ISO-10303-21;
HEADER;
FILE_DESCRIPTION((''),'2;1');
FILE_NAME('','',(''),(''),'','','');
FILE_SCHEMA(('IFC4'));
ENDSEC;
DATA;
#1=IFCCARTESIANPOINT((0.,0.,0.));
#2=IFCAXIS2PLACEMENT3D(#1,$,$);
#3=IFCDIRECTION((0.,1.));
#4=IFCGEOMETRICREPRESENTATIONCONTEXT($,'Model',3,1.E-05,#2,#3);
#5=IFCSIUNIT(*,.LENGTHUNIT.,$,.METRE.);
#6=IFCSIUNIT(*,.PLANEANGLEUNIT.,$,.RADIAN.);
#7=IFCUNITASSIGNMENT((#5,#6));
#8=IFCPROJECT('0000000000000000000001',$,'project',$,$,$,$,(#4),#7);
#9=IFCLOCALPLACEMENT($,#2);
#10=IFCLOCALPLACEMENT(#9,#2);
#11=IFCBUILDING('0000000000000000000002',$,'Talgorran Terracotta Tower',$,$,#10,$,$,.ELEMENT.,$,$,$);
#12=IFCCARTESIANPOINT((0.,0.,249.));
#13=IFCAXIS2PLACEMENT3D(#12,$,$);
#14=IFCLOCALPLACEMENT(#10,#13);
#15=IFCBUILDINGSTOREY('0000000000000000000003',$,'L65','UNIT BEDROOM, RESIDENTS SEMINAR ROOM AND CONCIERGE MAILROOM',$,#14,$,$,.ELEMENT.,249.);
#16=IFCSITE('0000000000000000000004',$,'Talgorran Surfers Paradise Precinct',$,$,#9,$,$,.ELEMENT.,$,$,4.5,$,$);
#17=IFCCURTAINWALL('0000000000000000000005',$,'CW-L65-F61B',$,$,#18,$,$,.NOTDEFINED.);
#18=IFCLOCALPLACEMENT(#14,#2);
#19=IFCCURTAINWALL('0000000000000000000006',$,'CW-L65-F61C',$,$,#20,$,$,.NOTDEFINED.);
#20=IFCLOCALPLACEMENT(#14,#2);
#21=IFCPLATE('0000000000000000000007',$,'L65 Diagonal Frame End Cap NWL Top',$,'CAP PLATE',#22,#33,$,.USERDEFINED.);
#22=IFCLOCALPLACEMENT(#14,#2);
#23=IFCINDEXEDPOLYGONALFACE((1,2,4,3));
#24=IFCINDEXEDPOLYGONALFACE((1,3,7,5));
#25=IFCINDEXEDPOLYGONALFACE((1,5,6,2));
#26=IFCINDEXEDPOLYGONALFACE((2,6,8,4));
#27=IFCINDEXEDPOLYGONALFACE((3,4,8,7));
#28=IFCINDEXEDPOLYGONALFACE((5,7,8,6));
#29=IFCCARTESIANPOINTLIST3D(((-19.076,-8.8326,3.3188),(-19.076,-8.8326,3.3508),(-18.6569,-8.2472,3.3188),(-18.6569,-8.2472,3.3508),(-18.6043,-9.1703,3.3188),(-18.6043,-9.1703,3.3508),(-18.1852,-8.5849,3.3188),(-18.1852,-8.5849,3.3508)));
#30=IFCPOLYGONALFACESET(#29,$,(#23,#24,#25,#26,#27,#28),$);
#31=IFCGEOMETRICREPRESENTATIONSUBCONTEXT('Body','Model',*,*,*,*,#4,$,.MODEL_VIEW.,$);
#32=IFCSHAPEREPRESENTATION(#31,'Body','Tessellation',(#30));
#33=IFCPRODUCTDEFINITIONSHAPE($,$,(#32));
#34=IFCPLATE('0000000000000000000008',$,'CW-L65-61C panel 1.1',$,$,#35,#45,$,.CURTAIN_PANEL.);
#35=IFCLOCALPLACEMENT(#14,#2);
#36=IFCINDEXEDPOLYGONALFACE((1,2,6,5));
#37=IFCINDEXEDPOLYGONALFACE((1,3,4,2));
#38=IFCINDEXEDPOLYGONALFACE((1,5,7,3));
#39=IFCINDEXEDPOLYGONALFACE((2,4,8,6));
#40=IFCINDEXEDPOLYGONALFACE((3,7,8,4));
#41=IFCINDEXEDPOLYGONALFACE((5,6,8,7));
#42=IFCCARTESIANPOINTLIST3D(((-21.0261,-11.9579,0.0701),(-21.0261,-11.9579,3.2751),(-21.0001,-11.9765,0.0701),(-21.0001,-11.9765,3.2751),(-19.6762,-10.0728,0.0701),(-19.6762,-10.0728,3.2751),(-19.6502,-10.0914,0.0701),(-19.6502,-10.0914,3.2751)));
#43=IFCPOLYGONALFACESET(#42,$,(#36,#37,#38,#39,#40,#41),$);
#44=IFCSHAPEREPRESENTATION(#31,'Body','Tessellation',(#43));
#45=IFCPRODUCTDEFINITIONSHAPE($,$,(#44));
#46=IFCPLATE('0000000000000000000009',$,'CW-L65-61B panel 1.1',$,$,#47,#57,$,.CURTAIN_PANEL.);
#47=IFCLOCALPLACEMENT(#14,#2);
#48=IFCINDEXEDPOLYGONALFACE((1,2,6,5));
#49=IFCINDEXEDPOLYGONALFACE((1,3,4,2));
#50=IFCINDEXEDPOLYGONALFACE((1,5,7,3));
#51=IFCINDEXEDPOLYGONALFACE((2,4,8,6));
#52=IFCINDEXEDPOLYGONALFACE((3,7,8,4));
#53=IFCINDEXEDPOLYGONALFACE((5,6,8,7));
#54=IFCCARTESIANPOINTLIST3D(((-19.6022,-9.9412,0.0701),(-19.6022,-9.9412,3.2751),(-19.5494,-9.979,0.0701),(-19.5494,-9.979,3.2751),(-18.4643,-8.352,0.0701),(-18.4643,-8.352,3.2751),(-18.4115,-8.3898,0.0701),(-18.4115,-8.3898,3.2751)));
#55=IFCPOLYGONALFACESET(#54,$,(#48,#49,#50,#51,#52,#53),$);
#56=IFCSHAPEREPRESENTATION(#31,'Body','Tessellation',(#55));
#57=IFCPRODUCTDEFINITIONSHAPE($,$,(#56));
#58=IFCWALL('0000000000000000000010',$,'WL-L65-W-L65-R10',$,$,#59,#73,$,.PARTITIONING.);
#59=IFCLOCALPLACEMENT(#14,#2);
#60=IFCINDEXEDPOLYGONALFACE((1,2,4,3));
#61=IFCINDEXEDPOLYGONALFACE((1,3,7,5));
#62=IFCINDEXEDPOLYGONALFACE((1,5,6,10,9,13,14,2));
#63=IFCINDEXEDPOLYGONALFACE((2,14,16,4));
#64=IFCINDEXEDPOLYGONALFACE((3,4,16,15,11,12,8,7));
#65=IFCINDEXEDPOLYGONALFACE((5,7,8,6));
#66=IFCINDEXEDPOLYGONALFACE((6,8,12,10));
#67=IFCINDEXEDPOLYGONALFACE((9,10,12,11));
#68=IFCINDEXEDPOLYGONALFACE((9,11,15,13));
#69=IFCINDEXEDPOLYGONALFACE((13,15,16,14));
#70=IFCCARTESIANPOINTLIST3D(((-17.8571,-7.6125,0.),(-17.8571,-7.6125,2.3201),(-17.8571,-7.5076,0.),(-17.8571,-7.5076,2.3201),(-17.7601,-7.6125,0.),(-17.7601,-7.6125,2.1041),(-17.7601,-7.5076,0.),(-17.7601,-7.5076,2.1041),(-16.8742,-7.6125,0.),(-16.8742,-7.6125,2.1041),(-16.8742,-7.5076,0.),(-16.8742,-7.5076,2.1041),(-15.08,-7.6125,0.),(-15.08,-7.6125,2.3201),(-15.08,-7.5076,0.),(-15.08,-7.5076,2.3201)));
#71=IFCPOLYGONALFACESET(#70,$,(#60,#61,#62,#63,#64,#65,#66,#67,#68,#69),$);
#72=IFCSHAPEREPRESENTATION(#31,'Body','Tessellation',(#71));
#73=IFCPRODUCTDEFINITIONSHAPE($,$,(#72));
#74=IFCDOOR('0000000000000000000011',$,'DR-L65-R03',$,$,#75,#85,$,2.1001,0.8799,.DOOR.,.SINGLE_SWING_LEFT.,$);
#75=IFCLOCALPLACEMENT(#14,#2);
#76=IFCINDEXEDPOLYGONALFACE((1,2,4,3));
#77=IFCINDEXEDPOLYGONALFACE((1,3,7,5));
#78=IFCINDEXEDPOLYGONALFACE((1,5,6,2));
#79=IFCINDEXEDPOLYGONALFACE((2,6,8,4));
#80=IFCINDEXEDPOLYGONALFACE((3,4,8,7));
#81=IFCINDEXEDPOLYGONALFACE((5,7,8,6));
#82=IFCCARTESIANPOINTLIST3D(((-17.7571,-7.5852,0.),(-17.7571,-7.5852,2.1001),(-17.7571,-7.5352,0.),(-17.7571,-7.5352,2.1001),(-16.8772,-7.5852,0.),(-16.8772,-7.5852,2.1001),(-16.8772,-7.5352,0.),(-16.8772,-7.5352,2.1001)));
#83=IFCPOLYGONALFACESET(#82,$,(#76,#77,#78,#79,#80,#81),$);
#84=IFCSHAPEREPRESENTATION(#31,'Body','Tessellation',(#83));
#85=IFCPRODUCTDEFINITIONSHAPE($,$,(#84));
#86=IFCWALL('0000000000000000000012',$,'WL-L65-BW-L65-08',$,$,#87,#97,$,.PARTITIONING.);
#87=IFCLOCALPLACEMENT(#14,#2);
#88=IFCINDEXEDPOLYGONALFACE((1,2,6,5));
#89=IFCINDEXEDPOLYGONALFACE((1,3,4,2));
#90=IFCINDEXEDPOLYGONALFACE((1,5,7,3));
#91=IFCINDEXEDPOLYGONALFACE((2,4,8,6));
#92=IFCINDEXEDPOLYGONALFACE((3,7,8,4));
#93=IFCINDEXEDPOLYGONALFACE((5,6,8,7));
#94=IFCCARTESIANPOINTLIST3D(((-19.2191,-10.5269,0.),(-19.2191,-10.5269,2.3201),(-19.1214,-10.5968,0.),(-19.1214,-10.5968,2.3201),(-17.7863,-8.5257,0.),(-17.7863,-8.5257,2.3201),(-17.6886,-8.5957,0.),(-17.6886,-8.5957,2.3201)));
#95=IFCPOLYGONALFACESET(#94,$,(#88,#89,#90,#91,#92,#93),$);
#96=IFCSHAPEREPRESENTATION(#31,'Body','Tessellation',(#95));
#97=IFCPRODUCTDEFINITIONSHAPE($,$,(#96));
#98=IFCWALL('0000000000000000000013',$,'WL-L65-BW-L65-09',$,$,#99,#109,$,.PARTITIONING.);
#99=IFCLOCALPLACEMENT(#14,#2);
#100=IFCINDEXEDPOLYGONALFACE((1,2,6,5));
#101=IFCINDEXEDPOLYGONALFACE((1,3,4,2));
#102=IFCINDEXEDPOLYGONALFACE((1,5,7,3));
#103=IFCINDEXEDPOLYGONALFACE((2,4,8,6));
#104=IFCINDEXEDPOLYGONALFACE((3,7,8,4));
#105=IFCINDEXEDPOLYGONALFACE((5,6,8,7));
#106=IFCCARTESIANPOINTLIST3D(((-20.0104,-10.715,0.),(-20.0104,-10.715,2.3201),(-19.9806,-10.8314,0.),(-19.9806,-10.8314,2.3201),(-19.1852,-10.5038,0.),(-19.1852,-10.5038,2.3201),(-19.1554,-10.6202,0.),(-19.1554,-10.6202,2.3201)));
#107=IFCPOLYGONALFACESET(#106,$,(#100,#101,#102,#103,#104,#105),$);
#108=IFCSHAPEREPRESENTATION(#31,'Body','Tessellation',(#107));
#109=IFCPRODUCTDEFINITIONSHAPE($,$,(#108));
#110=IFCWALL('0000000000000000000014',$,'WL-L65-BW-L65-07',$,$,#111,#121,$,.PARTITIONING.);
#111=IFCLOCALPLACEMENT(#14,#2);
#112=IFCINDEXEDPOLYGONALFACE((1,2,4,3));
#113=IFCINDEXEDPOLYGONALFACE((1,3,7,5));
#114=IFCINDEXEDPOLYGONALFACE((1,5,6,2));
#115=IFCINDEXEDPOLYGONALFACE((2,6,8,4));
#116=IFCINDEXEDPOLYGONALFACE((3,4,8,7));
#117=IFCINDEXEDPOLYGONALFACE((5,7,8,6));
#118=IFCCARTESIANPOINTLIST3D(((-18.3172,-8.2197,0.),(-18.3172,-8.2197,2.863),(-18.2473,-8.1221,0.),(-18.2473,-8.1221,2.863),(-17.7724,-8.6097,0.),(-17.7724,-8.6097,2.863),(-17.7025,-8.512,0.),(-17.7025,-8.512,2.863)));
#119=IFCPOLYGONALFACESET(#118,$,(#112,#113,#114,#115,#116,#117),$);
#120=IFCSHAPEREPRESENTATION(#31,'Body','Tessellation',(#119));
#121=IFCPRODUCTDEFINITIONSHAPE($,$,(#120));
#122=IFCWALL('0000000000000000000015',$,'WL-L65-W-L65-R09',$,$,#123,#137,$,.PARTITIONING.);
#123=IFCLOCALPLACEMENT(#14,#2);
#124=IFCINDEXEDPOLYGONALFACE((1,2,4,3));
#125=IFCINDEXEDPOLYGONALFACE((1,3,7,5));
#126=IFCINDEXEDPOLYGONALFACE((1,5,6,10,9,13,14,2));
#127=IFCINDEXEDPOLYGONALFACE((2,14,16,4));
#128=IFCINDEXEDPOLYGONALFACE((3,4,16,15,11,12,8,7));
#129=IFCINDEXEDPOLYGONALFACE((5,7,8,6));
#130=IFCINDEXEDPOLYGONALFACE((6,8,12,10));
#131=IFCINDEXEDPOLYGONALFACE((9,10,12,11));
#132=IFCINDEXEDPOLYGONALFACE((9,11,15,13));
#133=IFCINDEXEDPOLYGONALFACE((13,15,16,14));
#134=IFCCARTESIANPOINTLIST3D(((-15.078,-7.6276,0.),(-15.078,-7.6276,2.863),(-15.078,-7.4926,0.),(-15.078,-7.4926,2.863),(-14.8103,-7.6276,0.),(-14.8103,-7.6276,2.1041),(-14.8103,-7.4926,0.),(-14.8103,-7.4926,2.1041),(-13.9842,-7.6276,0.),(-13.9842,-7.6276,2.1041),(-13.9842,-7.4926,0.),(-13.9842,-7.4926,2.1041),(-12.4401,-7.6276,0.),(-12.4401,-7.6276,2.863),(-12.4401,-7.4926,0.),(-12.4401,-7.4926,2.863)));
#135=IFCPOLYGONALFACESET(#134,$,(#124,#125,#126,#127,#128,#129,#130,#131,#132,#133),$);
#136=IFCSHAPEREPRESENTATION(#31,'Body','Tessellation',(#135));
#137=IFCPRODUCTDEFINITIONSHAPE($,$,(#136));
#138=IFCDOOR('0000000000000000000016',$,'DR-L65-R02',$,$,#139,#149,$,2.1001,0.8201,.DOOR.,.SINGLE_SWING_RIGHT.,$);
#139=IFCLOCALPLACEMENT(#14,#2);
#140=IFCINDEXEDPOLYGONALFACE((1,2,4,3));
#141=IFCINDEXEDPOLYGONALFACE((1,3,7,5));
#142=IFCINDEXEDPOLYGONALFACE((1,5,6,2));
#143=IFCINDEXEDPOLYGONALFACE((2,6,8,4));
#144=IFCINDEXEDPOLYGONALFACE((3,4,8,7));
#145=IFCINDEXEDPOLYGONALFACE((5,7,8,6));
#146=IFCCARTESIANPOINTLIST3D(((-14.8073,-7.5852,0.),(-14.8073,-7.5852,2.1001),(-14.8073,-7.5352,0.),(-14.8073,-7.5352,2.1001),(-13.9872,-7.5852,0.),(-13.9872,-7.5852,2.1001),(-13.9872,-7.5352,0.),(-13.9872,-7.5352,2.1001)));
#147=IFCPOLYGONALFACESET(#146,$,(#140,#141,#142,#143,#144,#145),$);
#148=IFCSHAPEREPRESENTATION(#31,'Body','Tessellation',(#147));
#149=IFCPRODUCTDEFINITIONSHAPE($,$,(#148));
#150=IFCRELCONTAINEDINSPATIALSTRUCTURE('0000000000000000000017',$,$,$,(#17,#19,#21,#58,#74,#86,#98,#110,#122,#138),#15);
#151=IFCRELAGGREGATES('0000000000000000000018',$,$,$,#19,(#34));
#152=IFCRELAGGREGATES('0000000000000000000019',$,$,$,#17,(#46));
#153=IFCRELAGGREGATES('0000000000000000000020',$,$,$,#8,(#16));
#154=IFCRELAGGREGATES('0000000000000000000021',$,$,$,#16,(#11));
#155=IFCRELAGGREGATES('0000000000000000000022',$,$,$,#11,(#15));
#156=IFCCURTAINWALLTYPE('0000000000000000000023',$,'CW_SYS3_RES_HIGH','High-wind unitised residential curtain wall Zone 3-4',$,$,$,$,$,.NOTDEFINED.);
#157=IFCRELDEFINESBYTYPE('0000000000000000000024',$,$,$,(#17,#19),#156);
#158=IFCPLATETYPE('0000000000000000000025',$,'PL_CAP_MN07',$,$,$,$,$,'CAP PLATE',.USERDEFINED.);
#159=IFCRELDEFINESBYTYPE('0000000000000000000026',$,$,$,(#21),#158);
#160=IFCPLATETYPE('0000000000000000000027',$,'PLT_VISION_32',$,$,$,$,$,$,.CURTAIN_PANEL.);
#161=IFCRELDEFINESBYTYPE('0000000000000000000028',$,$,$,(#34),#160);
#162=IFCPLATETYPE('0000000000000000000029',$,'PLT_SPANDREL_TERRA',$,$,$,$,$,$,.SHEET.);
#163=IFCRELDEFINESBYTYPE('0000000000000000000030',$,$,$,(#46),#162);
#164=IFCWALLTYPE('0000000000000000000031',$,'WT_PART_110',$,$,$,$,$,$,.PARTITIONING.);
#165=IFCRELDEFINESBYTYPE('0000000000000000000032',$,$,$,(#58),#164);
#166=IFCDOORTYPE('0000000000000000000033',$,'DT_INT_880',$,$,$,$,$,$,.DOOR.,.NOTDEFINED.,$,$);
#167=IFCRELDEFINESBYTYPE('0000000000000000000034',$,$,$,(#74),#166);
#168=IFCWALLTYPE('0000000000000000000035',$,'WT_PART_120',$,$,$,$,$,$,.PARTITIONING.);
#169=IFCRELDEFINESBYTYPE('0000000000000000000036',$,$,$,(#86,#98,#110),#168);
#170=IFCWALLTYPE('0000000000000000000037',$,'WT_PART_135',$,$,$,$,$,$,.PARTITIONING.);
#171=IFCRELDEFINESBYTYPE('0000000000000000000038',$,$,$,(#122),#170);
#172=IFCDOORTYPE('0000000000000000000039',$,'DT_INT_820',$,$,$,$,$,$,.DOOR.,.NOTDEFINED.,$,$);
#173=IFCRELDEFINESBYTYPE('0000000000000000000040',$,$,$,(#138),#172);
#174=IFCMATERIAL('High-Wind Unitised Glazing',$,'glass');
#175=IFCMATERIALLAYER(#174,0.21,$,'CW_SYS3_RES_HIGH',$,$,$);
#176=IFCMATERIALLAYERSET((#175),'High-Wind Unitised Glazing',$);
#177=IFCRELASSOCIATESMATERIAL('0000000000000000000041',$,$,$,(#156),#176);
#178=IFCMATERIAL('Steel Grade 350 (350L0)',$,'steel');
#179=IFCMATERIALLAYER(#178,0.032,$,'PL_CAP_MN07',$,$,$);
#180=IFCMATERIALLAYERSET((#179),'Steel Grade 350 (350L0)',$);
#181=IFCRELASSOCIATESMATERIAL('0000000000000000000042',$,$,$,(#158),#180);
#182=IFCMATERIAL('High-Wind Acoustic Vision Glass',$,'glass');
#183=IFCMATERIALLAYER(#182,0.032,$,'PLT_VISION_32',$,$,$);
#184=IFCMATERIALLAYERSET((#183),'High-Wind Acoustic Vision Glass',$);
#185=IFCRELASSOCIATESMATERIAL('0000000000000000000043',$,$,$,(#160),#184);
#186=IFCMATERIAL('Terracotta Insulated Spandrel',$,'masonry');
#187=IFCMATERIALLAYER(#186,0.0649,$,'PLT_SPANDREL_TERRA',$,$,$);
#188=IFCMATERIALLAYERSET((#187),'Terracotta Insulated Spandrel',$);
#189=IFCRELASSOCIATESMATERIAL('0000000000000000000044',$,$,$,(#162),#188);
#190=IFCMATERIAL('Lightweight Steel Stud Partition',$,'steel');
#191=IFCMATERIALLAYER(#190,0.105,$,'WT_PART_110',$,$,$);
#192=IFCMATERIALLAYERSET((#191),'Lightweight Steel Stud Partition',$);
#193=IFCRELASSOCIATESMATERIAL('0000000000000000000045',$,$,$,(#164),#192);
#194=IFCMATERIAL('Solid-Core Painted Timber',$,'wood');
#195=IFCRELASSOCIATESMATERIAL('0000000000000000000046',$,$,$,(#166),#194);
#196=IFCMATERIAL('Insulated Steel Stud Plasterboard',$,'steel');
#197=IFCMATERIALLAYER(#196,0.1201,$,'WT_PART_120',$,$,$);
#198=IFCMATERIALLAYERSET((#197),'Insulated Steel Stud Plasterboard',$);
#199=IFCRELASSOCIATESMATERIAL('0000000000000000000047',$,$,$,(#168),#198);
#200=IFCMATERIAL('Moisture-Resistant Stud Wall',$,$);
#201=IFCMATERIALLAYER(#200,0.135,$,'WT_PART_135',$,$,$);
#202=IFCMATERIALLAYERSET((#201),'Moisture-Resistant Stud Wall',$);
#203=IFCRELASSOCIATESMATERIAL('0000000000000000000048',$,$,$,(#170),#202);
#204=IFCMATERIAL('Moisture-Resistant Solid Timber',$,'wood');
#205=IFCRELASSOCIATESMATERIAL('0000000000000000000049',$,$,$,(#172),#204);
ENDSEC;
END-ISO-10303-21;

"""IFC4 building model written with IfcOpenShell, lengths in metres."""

from ifc_helpers import new_model, si_unit, direction, frame, frame_2d, origin, origin_2d, place, context, subcontext, project, spatial, rectangle, extrude, source, transform, mapped, material, layer, layer_set, type_object, type_shapes, element, fill, aggregate, save


model = new_model("IFC4")

# Units and contexts
model_context = context("Model", 3, precision=1e-05, world=origin(), true_north=direction((0.0, 1.0)))
body_context = subcontext(model_context, "Body", "Model", "MODEL_VIEW")
ifc_project = project(units=[si_unit("LENGTHUNIT", "METRE"), si_unit("PLANEANGLEUNIT", "RADIAN")], contexts=[model_context])

# Site, building, storey
site_placement = place(None, origin())
site = spatial("IfcSite", under=ifc_project, at=site_placement, Name="Talgorran Surfers Paradise Precinct", CompositionType="ELEMENT", RefElevation=4.5)
building_placement = place(site_placement, origin())
building = spatial("IfcBuilding", under=site, at=building_placement, Name="Talgorran Terracotta Tower", CompositionType="ELEMENT")
storey_placement = place(building_placement, frame((0.0, 0.0, 249.0)))
storey = spatial("IfcBuildingStorey", under=building, at=storey_placement, Name="L65", Description="UNIT BEDROOM, RESIDENTS SEMINAR ROOM AND CONCIERGE MAILROOM", CompositionType="ELEMENT", Elevation=249.0)

# Shared definitions
ifc_material_1 = material(Name="Steel Grade 350 (350L0)", Category="steel")

# Shared definitions
ifc_material_2 = material(Name="High-Wind Unitised Glazing", Category="glass")
ifc_layer_1 = layer(ifc_material_2, 0.21, Name="CW_SYS3_RES_HIGH")
ifc_layer_set_1 = layer_set([ifc_layer_1], Name="High-Wind Unitised Glazing")
curtain_wall_type = type_object("IfcCurtainWallType", Name="CW_SYS3_RES_HIGH", Description="High-wind unitised residential curtain wall Zone 3-4", PredefinedType="NOTDEFINED", material=ifc_layer_set_1)

# Curtain walls
curtain_wall_1_placement = place(storey_placement, origin())
curtain_wall_1 = element("IfcCurtainWall", 1, at=curtain_wall_1_placement, inside=storey, type_object=curtain_wall_type, Name="CW-L65-F61B", PredefinedType="NOTDEFINED")
curtain_wall_2_placement = place(storey_placement, origin())
curtain_wall_2 = element("IfcCurtainWall", 2, at=curtain_wall_2_placement, inside=storey, type_object=curtain_wall_type, Name="CW-L65-F61C", PredefinedType="NOTDEFINED")

# Plate
ifc_layer_2 = layer(ifc_material_1, 0.032, Name="PL_CAP_MN07")
ifc_layer_set_2 = layer_set([ifc_layer_2], Name="Steel Grade 350 (350L0)")
plate_type_1 = type_object("IfcPlateType", Name="PL_CAP_MN07", ElementType="CAP PLATE", PredefinedType="USERDEFINED", material=ifc_layer_set_2)
for number, where, z_axis, x_axis, name in (
    (3, (-18.6306, -8.7087, 3.3188), (0.0, 0.0, 1.0), (0.582123, 0.813101, 0.0), "L65 Diagonal Frame End Cap NWL Top"),
):
    element("IfcPlate", number, at=place(storey_placement, frame(where, z_axis=z_axis, x_axis=x_axis)), inside=storey, type_object=plate_type_1, Name=name, ObjectType="CAP PLATE", PredefinedType="USERDEFINED", context=body_context, shape_type="SweptSolid", body=[
        extrude(rectangle(XDim=0.72, YDim=0.5801, at=origin_2d()), origin(), (0.0, 0.0, 1.0), 0.032),
    ])

# Plates
ifc_material_3 = material(Name="High-Wind Acoustic Vision Glass", Category="glass")
ifc_layer_3 = layer(ifc_material_3, 0.032, Name="PLT_VISION_32")
ifc_layer_set_3 = layer_set([ifc_layer_3], Name="High-Wind Acoustic Vision Glass")
plate_type_2 = type_object("IfcPlateType", Name="PLT_VISION_32", PredefinedType="CURTAIN_PANEL", material=ifc_layer_set_3)
shared_shape_1 = source(origin(), body_context, "Body", "SweptSolid", [
    extrude(rectangle(XDim=2.3186, YDim=0.032, at=origin_2d()), origin(), (0.0, 0.0, 1.0), 3.2051),
])
type_shapes(plate_type_2, [shared_shape_1])
plate_1_placement = place(storey_placement, frame((-20.3381, -11.0247, 0.0701), z_axis=(0.0, 0.0, 1.0), x_axis=(-0.582219, -0.813032, 0.0)))
plate_1 = element("IfcPlate", 4, at=plate_1_placement, type_object=plate_type_2, Name="CW-L65-61C panel 1.1", PredefinedType="CURTAIN_PANEL", context=body_context, shape_type="MappedRepresentation", body=[
    mapped(shared_shape_1, transform((0.0, 0.0, 0.0), scale=1.0)),
])
aggregate(curtain_wall_2, [plate_1])
ifc_material_4 = material(Name="Terracotta Insulated Spandrel", Category="masonry")
ifc_layer_4 = layer(ifc_material_4, 0.0649, Name="PLT_SPANDREL_TERRA")
ifc_layer_set_4 = layer_set([ifc_layer_4], Name="Terracotta Insulated Spandrel")
plate_type_3 = type_object("IfcPlateType", Name="PLT_SPANDREL_TERRA", PredefinedType="SHEET", material=ifc_layer_set_4)
shared_shape_2 = source(origin(), body_context, "Body", "SweptSolid", [
    extrude(rectangle(XDim=1.9546, YDim=0.0649, at=origin_2d()), origin(), (0.0, 0.0, 1.0), 3.2051),
])
type_shapes(plate_type_3, [shared_shape_2])
plate_2_placement = place(storey_placement, frame((-19.0068, -9.1655, 0.0701), z_axis=(0.0, 0.0, 1.0), x_axis=(-0.5822, -0.813046, 0.0)))
plate_2 = element("IfcPlate", 5, at=plate_2_placement, type_object=plate_type_3, Name="CW-L65-61B panel 1.1", PredefinedType="CURTAIN_PANEL", context=body_context, shape_type="MappedRepresentation", body=[
    mapped(shared_shape_2, transform((0.0, 0.0, 0.0), scale=1.0)),
])
aggregate(curtain_wall_1, [plate_2])

# Wall, opening, door
ifc_material_5 = material(Name="Lightweight Steel Stud Partition", Category="steel")
ifc_layer_5 = layer(ifc_material_5, 0.105, Name="WT_PART_110")
ifc_layer_set_5 = layer_set([ifc_layer_5], Name="Lightweight Steel Stud Partition")
wall_type_1 = type_object("IfcWallType", Name="WT_PART_110", PredefinedType="PARTITIONING", material=ifc_layer_set_5)
wall_1_placement = place(storey_placement, frame((-17.8572, -7.5601, 0.0), z_axis=(0.0, 0.0, 1.0), x_axis=(1.0, 0.0, 0.0)))
wall_1 = element("IfcWall", 6, at=wall_1_placement, inside=storey, type_object=wall_type_1, Name="WL-L65-W-L65-R10", PredefinedType="PARTITIONING", context=body_context, shape_type="SweptSolid", body=[
    extrude(rectangle(XDim=2.7771, YDim=0.105, at=frame_2d((1.3887, 0.0))), origin(), (0.0, 0.0, 1.0), 2.3201),
])
opening_1_placement = place(wall_1_placement, frame((0.1001, 0.0, 0.0)))
opening_1 = element("IfcOpeningElement", 7, at=opening_1_placement, cuts=wall_1, PredefinedType="OPENING", context=body_context, shape_type="SweptSolid", body=[
    extrude(rectangle(XDim=0.8859, YDim=2.1041, at=frame_2d((0.4399, 1.052))), frame((0.0, 0.0625, 0.0), z_axis=(0.0, -1.0, 0.0), x_axis=(1.0, 0.0, 0.0)), (0.0, 0.0, 1.0), 0.125),
])
ifc_material_6 = material(Name="Solid-Core Painted Timber", Category="wood")
door_type_1 = type_object("IfcDoorType", Name="DT_INT_880", OperationType="NOTDEFINED", PredefinedType="DOOR", material=ifc_material_6)
door_1_placement = place(opening_1_placement, origin())
door_1 = element("IfcDoor", 8, at=door_1_placement, inside=storey, type_object=door_type_1, Name="DR-L65-R03", OperationType="SINGLE_SWING_LEFT", OverallHeight=2.1001, OverallWidth=0.8799, PredefinedType="DOOR", context=body_context, shape_type="SweptSolid", body=[
    extrude(rectangle(XDim=0.8799, YDim=2.1001, at=frame_2d((0.4399, 1.05))), frame((0.0, 0.0249, 0.0), z_axis=(0.0, -1.0, 0.0), x_axis=(1.0, 0.0, 0.0)), (0.0, 0.0, 1.0), 0.05),
])
fill(opening_1, door_1)

# Walls
ifc_material_7 = material(Name="Insulated Steel Stud Plasterboard", Category="steel")
ifc_layer_6 = layer(ifc_material_7, 0.1201, Name="WT_PART_120")
ifc_layer_set_6 = layer_set([ifc_layer_6], Name="Insulated Steel Stud Plasterboard")
wall_type_2 = type_object("IfcWallType", Name="WT_PART_120", PredefinedType="PARTITIONING", material=ifc_layer_set_6)
wall_2_placement = place(storey_placement, frame((-17.7375, -8.5608, 0.0), z_axis=(0.0, 0.0, 1.0), x_axis=(-0.582157, -0.813076, 0.0)))
element("IfcWall", 9, at=wall_2_placement, inside=storey, type_object=wall_type_2, Name="WL-L65-BW-L65-08", PredefinedType="PARTITIONING", context=body_context, shape_type="SweptSolid", body=[
    extrude(rectangle(XDim=2.4612, YDim=0.1201, at=frame_2d((1.2305, 0.0))), origin(), (0.0, 0.0, 1.0), 2.3201),
])
wall_3_placement = place(storey_placement, frame((-19.1704, -10.562, 0.0), z_axis=(0.0, 0.0, 1.0), x_axis=(-0.968779, -0.247927, 0.0)))
element("IfcWall", 10, at=wall_3_placement, inside=storey, type_object=wall_type_2, Name="WL-L65-BW-L65-09", PredefinedType="PARTITIONING", context=body_context, shape_type="SweptSolid", body=[
    extrude(rectangle(XDim=0.8518, YDim=0.1201, at=frame_2d((0.4258, 0.0))), origin(), (0.0, 0.0, 1.0), 2.3201),
])
wall_4_placement = place(storey_placement, frame((-18.2822, -8.1709, 0.0), z_axis=(0.0, 0.0, 1.0), x_axis=(0.813142, -0.582065, 0.0)))
element("IfcWall", 11, at=wall_4_placement, inside=storey, type_object=wall_type_2, Name="WL-L65-BW-L65-07", PredefinedType="PARTITIONING", context=body_context, shape_type="SweptSolid", body=[
    extrude(rectangle(XDim=0.6699, YDim=0.1201, at=frame_2d((0.335, 0.0))), origin(), (0.0, 0.0, 1.0), 2.863),
])

# Wall, opening, door
ifc_material_8 = material(Name="Moisture-Resistant Stud Wall")
ifc_layer_7 = layer(ifc_material_8, 0.135, Name="WT_PART_135")
ifc_layer_set_7 = layer_set([ifc_layer_7], Name="Moisture-Resistant Stud Wall")
wall_type_3 = type_object("IfcWallType", Name="WT_PART_135", PredefinedType="PARTITIONING", material=ifc_layer_set_7)
wall_5_placement = place(storey_placement, frame((-15.0779, -7.5601, 0.0), z_axis=(0.0, 0.0, 1.0), x_axis=(1.0, 0.0, 0.0)))
wall_5 = element("IfcWall", 12, at=wall_5_placement, inside=storey, type_object=wall_type_3, Name="WL-L65-W-L65-R09", PredefinedType="PARTITIONING", context=body_context, shape_type="SweptSolid", body=[
    extrude(rectangle(XDim=2.6379, YDim=0.135, at=frame_2d((1.3188, 0.0))), origin(), (0.0, 0.0, 1.0), 2.863),
])
opening_2_placement = place(wall_5_placement, frame((0.2705, 0.0, 0.0)))
opening_2 = element("IfcOpeningElement", 13, at=opening_2_placement, cuts=wall_5, PredefinedType="OPENING", context=body_context, shape_type="SweptSolid", body=[
    extrude(rectangle(XDim=0.8261, YDim=2.1041, at=frame_2d((0.4102, 1.052))), frame((0.0, 0.0776, 0.0), z_axis=(0.0, -1.0, 0.0), x_axis=(1.0, 0.0, 0.0)), (0.0, 0.0, 1.0), 0.155),
])
ifc_material_9 = material(Name="Moisture-Resistant Solid Timber", Category="wood")
door_type_2 = type_object("IfcDoorType", Name="DT_INT_820", OperationType="NOTDEFINED", PredefinedType="DOOR", material=ifc_material_9)
door_2_placement = place(opening_2_placement, origin())
door_2 = element("IfcDoor", 14, at=door_2_placement, inside=storey, type_object=door_type_2, Name="DR-L65-R02", OperationType="SINGLE_SWING_RIGHT", OverallHeight=2.1001, OverallWidth=0.8201, PredefinedType="DOOR", context=body_context, shape_type="SweptSolid", body=[
    extrude(rectangle(XDim=0.8201, YDim=2.1001, at=frame_2d((0.4102, 1.05))), frame((0.0, 0.0249, 0.0), z_axis=(0.0, -1.0, 0.0), x_axis=(1.0, 0.0, 0.0)), (0.0, 0.0, 1.0), 0.05),
])
fill(opening_2, door_2)

save(model, "model.ifc")
